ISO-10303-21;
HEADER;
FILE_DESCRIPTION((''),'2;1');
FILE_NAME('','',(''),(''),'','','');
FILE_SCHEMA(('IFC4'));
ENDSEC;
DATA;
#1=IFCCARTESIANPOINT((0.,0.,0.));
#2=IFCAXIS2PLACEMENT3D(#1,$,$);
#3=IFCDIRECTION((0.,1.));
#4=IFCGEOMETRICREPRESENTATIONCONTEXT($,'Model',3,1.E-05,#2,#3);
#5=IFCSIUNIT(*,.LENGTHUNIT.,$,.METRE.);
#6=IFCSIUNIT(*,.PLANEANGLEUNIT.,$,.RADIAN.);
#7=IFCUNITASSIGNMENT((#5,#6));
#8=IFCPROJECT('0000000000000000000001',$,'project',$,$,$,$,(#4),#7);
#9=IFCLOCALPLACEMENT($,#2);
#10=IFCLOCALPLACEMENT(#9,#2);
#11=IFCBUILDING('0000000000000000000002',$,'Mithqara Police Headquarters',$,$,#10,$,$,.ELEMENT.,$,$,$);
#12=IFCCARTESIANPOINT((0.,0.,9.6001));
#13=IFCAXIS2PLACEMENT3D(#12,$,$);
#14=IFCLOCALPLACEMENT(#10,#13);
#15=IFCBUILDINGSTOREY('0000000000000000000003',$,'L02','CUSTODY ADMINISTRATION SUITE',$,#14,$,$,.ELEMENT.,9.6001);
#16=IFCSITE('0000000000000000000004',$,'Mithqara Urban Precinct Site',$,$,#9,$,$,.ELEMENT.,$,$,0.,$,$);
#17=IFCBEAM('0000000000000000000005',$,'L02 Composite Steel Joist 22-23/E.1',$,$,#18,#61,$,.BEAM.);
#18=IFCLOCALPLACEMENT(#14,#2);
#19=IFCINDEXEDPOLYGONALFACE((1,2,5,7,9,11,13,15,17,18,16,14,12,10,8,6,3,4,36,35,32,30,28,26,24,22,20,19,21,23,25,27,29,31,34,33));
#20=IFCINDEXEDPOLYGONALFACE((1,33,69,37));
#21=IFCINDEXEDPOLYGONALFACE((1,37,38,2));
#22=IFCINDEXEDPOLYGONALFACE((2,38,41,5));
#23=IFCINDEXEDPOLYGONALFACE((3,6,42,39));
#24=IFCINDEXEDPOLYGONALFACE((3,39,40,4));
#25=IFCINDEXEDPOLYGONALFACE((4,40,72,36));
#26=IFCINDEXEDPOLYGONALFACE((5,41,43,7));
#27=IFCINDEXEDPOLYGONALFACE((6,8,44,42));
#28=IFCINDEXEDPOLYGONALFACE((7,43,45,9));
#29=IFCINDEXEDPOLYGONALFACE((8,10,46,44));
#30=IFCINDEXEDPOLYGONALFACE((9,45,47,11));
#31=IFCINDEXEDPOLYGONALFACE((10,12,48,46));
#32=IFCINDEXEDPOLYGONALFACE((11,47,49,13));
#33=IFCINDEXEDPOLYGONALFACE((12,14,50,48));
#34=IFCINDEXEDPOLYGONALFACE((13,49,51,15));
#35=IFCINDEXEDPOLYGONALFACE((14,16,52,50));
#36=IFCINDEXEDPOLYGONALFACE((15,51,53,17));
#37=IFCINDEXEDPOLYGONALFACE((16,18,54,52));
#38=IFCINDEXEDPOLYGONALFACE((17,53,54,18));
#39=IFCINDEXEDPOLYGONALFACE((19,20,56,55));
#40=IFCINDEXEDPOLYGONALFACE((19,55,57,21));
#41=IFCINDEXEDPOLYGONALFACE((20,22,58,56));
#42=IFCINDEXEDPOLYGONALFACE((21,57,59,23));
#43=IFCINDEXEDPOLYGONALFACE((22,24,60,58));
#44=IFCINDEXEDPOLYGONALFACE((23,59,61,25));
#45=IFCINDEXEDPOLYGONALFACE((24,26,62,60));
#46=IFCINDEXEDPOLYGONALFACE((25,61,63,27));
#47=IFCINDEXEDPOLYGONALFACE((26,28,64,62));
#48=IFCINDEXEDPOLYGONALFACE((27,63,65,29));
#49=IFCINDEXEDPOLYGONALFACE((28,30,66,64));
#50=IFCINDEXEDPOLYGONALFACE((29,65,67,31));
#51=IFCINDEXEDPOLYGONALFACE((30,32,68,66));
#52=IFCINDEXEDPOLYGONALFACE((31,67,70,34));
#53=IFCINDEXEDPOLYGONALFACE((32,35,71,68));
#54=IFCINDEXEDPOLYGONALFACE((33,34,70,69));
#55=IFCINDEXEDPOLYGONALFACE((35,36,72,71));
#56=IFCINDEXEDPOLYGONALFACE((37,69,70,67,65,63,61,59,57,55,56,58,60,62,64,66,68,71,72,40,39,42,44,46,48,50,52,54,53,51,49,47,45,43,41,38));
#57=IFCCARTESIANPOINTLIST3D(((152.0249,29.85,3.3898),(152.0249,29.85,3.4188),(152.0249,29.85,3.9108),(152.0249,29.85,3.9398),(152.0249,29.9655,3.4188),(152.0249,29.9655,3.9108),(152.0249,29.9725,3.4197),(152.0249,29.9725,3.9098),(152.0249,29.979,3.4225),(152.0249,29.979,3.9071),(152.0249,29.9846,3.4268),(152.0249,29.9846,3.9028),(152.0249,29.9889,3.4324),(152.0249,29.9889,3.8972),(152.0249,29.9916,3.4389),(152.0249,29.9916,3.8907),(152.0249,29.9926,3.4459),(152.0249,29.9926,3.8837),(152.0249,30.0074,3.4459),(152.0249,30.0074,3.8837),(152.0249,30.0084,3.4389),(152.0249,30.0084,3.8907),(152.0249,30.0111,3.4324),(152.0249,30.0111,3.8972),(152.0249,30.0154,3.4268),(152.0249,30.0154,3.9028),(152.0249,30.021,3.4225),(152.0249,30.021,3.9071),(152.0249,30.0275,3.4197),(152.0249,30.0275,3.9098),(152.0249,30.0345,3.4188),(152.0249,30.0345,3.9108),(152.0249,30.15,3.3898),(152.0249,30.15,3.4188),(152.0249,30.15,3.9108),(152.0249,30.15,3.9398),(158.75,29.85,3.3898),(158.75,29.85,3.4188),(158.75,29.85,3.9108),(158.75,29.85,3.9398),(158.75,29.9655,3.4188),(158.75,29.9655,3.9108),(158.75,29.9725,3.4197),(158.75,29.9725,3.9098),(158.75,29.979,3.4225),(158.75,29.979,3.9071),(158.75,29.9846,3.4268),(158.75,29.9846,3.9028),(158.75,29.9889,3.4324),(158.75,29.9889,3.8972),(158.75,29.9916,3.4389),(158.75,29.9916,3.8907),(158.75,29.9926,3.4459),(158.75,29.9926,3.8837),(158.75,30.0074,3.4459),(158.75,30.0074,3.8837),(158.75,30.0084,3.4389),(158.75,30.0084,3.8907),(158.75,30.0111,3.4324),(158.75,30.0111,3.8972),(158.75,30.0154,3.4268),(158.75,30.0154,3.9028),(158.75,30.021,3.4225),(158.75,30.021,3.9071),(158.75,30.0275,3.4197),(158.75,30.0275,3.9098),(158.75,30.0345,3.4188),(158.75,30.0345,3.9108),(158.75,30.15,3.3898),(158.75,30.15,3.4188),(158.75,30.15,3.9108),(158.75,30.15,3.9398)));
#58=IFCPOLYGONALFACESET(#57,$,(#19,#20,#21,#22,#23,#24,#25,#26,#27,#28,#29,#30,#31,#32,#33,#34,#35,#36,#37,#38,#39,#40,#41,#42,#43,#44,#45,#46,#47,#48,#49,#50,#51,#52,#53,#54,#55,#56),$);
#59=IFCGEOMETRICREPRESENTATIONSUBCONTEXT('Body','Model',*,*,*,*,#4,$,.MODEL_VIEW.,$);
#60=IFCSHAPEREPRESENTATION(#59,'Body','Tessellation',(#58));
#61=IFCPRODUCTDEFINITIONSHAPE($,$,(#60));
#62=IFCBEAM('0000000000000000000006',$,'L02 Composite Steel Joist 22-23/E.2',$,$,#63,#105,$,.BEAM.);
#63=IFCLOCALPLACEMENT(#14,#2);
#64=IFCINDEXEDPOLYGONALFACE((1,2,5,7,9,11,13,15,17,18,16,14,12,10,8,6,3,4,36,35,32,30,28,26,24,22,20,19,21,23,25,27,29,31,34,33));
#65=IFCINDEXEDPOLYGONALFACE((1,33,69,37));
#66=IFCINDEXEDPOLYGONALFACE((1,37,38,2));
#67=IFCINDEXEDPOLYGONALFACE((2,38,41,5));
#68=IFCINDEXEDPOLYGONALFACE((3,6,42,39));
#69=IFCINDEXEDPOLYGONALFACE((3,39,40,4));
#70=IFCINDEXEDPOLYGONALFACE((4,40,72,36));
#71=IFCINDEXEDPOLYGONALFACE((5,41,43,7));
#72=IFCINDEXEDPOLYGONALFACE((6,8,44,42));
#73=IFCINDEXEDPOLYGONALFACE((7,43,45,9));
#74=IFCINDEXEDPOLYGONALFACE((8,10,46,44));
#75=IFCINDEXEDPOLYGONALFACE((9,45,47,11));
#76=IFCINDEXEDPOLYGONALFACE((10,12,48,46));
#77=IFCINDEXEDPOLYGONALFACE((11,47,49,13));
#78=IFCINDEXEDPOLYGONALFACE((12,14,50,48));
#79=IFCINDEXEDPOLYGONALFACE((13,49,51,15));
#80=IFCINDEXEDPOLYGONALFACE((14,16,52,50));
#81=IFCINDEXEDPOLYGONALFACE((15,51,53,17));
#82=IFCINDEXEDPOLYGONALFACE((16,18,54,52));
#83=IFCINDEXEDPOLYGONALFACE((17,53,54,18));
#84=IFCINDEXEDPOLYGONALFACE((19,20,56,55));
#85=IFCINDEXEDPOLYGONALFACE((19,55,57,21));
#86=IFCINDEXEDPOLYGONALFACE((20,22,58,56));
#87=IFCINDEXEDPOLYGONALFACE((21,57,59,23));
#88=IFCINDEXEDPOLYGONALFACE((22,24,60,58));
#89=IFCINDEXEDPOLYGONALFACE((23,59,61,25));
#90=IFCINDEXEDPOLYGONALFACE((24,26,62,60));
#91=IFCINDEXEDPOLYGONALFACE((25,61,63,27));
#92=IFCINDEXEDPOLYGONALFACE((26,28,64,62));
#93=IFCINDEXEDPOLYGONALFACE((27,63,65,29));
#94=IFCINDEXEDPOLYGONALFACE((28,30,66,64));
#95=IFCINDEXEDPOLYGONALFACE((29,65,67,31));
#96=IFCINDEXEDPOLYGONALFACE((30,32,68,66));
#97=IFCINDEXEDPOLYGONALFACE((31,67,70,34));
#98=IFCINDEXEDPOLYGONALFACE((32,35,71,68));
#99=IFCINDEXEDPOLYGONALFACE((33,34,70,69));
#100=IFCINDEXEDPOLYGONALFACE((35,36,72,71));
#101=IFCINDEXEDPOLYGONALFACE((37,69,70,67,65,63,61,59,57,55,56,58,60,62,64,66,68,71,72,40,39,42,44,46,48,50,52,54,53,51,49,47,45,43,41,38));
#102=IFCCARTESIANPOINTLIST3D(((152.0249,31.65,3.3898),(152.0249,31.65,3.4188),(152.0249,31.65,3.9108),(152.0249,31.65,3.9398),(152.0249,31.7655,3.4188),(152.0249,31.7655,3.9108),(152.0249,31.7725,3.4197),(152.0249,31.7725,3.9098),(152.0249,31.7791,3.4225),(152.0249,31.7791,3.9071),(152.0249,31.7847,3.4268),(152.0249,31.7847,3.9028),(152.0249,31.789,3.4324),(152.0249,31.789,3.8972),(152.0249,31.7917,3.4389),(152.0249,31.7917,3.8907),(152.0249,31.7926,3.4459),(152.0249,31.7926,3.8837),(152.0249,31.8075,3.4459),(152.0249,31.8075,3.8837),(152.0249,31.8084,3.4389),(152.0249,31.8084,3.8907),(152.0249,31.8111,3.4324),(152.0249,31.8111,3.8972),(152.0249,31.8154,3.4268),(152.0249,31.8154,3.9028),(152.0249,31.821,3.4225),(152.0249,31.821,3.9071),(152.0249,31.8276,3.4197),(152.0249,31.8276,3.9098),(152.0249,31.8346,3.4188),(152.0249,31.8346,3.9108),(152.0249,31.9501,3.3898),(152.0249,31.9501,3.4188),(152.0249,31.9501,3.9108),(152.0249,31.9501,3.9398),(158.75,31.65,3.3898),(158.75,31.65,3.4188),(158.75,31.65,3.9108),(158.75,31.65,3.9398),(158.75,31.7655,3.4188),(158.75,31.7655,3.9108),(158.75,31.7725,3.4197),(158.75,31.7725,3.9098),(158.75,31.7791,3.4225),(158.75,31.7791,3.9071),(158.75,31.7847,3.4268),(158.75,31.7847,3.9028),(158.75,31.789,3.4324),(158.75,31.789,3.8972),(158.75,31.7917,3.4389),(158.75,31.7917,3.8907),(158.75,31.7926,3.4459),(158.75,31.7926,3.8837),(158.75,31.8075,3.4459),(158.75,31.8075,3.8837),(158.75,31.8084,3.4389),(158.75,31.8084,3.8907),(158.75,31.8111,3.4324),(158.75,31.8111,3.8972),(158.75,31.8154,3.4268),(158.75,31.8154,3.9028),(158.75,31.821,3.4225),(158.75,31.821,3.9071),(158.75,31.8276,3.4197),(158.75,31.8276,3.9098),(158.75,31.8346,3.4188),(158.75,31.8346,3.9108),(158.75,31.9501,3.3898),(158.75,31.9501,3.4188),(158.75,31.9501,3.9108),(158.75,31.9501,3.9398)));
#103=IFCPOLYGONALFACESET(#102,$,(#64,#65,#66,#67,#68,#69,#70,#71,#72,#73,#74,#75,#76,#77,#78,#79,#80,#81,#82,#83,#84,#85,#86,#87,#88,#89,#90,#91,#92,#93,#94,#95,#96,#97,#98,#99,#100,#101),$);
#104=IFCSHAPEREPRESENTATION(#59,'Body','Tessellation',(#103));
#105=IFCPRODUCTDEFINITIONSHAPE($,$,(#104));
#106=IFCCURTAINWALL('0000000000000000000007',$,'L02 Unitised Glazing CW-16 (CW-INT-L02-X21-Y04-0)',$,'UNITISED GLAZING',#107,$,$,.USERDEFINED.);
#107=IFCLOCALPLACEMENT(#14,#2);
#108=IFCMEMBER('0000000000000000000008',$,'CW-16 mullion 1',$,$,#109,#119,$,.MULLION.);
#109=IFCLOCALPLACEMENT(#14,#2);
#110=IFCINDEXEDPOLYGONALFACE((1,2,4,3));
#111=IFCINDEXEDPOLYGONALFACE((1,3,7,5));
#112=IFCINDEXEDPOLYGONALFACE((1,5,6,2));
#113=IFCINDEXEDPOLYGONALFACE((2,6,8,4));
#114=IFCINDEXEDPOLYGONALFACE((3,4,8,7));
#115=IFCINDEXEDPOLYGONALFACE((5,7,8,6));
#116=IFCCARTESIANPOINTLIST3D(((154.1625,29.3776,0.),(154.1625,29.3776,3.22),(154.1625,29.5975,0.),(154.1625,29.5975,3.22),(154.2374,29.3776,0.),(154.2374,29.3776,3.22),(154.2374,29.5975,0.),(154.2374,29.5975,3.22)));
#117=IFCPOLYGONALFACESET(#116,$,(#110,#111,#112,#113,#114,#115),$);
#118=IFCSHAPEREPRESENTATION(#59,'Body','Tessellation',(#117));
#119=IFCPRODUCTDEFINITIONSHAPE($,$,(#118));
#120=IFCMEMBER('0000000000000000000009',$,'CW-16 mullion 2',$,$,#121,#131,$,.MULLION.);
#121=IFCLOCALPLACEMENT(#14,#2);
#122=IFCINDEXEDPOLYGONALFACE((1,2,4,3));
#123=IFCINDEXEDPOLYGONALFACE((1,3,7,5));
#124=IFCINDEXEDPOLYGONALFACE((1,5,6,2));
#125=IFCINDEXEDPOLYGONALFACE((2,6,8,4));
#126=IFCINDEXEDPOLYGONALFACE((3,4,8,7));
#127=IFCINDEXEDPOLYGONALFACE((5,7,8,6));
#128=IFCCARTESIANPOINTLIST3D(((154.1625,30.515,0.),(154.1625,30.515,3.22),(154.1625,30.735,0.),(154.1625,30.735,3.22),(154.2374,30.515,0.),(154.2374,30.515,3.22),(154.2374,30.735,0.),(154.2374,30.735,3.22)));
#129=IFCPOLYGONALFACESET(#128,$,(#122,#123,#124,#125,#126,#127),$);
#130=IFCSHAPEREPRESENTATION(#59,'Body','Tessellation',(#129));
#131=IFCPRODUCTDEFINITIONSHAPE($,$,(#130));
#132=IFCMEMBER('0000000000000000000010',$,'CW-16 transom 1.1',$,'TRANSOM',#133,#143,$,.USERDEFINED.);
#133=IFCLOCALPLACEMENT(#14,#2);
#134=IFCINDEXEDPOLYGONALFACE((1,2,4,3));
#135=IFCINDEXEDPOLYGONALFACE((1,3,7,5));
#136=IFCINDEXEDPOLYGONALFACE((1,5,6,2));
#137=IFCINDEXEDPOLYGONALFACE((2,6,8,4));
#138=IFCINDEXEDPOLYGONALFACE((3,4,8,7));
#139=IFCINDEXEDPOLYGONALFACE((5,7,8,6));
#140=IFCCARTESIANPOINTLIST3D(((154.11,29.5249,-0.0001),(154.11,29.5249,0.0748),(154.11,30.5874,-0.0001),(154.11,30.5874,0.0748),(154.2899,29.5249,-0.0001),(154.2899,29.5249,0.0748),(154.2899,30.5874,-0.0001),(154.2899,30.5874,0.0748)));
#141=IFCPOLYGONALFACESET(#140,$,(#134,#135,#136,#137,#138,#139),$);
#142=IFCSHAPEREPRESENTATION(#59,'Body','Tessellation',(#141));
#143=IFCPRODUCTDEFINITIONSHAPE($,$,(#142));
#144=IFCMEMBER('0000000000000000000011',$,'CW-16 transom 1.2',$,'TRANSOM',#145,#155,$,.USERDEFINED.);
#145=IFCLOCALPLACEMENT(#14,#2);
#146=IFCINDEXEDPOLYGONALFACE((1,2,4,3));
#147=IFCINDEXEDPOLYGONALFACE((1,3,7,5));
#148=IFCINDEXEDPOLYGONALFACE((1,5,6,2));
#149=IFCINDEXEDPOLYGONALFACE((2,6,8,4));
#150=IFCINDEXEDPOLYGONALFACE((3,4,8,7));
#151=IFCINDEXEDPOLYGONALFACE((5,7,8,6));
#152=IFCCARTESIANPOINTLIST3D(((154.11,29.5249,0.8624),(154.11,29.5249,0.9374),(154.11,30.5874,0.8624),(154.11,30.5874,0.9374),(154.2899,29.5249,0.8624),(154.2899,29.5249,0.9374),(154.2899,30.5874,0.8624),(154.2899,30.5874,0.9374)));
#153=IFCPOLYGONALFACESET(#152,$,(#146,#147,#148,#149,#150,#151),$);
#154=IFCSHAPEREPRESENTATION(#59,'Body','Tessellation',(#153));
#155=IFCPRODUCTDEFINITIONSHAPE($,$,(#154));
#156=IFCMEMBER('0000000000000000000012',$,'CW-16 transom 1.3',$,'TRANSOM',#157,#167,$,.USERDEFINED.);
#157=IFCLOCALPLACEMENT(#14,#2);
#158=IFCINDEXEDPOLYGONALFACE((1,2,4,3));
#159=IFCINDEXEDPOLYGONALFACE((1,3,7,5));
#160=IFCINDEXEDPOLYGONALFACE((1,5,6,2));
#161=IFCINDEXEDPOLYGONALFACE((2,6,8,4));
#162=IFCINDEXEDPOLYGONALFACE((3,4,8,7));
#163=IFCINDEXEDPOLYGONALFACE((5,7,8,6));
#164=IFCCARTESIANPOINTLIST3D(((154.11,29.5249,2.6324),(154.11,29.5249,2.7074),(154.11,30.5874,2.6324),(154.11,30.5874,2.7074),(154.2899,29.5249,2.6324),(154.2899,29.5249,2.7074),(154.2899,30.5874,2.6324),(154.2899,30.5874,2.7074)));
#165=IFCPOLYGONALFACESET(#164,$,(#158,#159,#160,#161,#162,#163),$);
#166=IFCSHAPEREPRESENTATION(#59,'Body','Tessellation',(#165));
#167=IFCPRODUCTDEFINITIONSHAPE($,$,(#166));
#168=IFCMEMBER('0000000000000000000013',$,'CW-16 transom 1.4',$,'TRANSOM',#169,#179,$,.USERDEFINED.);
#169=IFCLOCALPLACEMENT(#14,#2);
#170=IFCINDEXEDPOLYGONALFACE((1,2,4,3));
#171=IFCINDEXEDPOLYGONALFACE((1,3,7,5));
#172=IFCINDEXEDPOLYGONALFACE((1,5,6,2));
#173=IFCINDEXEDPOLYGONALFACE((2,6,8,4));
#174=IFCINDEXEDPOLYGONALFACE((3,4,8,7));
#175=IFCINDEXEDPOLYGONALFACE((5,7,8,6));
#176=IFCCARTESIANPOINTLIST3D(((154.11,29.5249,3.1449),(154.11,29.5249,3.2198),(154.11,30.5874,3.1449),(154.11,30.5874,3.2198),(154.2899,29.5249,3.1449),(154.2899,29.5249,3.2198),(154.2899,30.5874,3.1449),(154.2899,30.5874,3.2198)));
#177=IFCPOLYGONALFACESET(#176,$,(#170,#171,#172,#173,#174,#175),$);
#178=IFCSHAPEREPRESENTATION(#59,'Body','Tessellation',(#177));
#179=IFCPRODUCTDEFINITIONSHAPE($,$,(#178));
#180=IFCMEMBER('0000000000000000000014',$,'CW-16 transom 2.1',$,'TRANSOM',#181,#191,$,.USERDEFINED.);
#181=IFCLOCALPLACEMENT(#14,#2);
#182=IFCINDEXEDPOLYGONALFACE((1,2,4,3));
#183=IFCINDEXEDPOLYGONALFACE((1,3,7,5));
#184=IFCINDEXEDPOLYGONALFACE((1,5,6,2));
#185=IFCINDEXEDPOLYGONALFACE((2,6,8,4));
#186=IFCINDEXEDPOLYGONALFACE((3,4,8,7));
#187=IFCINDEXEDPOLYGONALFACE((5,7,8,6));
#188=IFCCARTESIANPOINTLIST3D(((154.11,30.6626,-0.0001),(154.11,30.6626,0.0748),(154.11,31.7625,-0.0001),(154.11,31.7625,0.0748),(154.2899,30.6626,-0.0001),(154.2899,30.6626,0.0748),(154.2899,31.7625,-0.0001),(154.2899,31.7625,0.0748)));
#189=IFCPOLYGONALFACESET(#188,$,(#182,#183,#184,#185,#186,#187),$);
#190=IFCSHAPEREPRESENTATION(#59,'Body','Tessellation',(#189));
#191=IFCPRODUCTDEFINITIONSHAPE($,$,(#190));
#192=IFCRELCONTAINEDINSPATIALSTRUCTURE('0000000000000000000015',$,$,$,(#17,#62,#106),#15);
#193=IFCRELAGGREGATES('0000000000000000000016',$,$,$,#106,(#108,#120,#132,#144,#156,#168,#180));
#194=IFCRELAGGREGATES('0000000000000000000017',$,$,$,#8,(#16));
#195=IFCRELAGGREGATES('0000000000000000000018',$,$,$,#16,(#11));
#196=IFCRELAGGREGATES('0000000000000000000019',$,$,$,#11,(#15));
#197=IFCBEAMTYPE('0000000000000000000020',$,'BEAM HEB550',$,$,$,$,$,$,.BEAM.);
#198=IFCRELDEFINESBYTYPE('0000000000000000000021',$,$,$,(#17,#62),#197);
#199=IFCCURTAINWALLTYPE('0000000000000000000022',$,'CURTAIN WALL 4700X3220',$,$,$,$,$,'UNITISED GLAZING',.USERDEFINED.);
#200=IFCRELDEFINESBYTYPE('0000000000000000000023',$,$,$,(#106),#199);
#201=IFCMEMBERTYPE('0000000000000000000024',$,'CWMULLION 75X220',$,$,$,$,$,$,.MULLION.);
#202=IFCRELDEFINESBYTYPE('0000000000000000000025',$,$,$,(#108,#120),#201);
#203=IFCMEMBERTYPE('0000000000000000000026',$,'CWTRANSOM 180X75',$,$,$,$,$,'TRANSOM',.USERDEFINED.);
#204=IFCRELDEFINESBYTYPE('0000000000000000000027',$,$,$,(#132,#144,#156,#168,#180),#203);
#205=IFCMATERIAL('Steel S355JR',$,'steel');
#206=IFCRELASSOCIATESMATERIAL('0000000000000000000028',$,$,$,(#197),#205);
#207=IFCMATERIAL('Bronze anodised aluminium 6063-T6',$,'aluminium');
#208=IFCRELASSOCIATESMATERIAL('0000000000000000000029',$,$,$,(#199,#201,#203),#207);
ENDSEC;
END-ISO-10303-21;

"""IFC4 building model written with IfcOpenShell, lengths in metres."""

from ifc_helpers import new_model, si_unit, direction, frame, origin, origin_2d, place, context, subcontext, project, spatial, rectangle, i_section, extrude, material, material_profile, profile_set, type_object, element, aggregate, save


model = new_model("IFC4")

# Units and contexts
model_context = context("Model", 3, precision=1e-05, world=origin(), true_north=direction((0.0, 1.0)))
body_context = subcontext(model_context, "Body", "Model", "MODEL_VIEW")
ifc_project = project(units=[si_unit("LENGTHUNIT", "METRE"), si_unit("PLANEANGLEUNIT", "RADIAN")], contexts=[model_context])

# Site, building, storey
site_placement = place(None, origin())
site = spatial("IfcSite", under=ifc_project, at=site_placement, Name="Mithqara Urban Precinct Site", CompositionType="ELEMENT", RefElevation=0.0)
building_placement = place(site_placement, origin())
building = spatial("IfcBuilding", under=site, at=building_placement, Name="Mithqara Police Headquarters", CompositionType="ELEMENT")
storey_placement = place(building_placement, frame((0.0, 0.0, 9.6001)))
storey = spatial("IfcBuildingStorey", under=building, at=storey_placement, Name="L02", Description="CUSTODY ADMINISTRATION SUITE", CompositionType="ELEMENT", Elevation=9.6001)

# Beams
ifc_material_1 = material(Name="Steel S355JR", Category="steel")
ifc_material_profile_1 = material_profile(ifc_material_1, i_section(OverallWidth=0.3, OverallDepth=0.55, WebThickness=0.0149, FlangeThickness=0.0291, FilletRadius=0.0271, at=origin_2d()), Name="HEB 550")
ifc_profile_set_1 = profile_set([ifc_material_profile_1], Name="Steel S355JR")
beam_type = type_object("IfcBeamType", Name="BEAM HEB550", PredefinedType="BEAM", material=ifc_profile_set_1)
for number, where, z_axis, x_axis, name in (
    (1, (152.0249, 30.0, 3.6648), (1.0, 0.0, 0.0), (0.0, 1.0, 0.0), "L02 Composite Steel Joist 22-23/E.1"),
    (2, (152.0249, 31.8, 3.6648), (1.0, 0.0, 0.0), (0.0, 1.0, 0.0), "L02 Composite Steel Joist 22-23/E.2"),
):
    element("IfcBeam", number, at=place(storey_placement, frame(where, z_axis=z_axis, x_axis=x_axis)), inside=storey, type_object=beam_type, Name=name, PredefinedType="BEAM", context=body_context, shape_type="SweptSolid", body=[
        extrude(i_section(OverallWidth=0.3, OverallDepth=0.55, WebThickness=0.0149, FlangeThickness=0.0291, FilletRadius=0.0271, at=origin_2d()), origin(), (0.0, 0.0, 1.0), 6.7251),
    ])

# Curtain wall, members
ifc_material_2 = material(Name="Bronze anodised aluminium 6063-T6", Category="aluminium")
curtain_wall_type = type_object("IfcCurtainWallType", Name="CURTAIN WALL 4700X3220", ElementType="UNITISED GLAZING", PredefinedType="USERDEFINED", material=ifc_material_2)
curtain_wall_placement = place(storey_placement, origin())
curtain_wall = element("IfcCurtainWall", 3, at=curtain_wall_placement, inside=storey, type_object=curtain_wall_type, Name="L02 Unitised Glazing CW-16 (CW-INT-L02-X21-Y04-0)", ObjectType="UNITISED GLAZING", PredefinedType="USERDEFINED")
ifc_material_profile_2 = material_profile(ifc_material_2, rectangle(XDim=0.075, YDim=0.22, at=origin_2d()), Name="CWM 75x220")
ifc_profile_set_2 = profile_set([ifc_material_profile_2], Name="Bronze anodised aluminium 6063-T6")
member_type_1 = type_object("IfcMemberType", Name="CWMULLION 75X220", PredefinedType="MULLION", material=ifc_profile_set_2)
member_1_placement = place(storey_placement, frame((154.2, 29.4875, 0.0), z_axis=(0.0, 0.0, 1.0), x_axis=(-1.0, 0.0, 0.0)))
member_1 = element("IfcMember", 4, at=member_1_placement, type_object=member_type_1, Name="CW-16 mullion 1", PredefinedType="MULLION", context=body_context, shape_type="SweptSolid", body=[
    extrude(rectangle(XDim=0.075, YDim=0.22, at=origin_2d()), origin(), (0.0, 0.0, 1.0), 3.22),
])
member_2_placement = place(storey_placement, frame((154.2, 30.625, 0.0), z_axis=(0.0, 0.0, 1.0), x_axis=(-1.0, 0.0, 0.0)))
member_2 = element("IfcMember", 5, at=member_2_placement, type_object=member_type_1, Name="CW-16 mullion 2", PredefinedType="MULLION", context=body_context, shape_type="SweptSolid", body=[
    extrude(rectangle(XDim=0.075, YDim=0.22, at=origin_2d()), origin(), (0.0, 0.0, 1.0), 3.22),
])
ifc_material_profile_3 = material_profile(ifc_material_2, rectangle(XDim=0.1799, YDim=0.075, at=origin_2d()), Name="CWT 180x75")
ifc_profile_set_3 = profile_set([ifc_material_profile_3], Name="Bronze anodised aluminium 6063-T6")
member_type_2 = type_object("IfcMemberType", Name="CWTRANSOM 180X75", ElementType="TRANSOM", PredefinedType="USERDEFINED", material=ifc_profile_set_3)
member_3_placement = place(storey_placement, frame((154.2, 29.5249, 0.0374), z_axis=(0.0, 1.0, 0.0), x_axis=(-1.0, 0.0, 0.0)))
member_3 = element("IfcMember", 6, at=member_3_placement, type_object=member_type_2, Name="CW-16 transom 1.1", ObjectType="TRANSOM", PredefinedType="USERDEFINED", context=body_context, shape_type="SweptSolid", body=[
    extrude(rectangle(XDim=0.1799, YDim=0.075, at=origin_2d()), origin(), (0.0, 0.0, 1.0), 1.0625),
])
member_4_placement = place(storey_placement, frame((154.2, 29.5249, 0.8999), z_axis=(0.0, 1.0, 0.0), x_axis=(-1.0, 0.0, 0.0)))
member_4 = element("IfcMember", 7, at=member_4_placement, type_object=member_type_2, Name="CW-16 transom 1.2", ObjectType="TRANSOM", PredefinedType="USERDEFINED", context=body_context, shape_type="SweptSolid", body=[
    extrude(rectangle(XDim=0.1799, YDim=0.075, at=origin_2d()), origin(), (0.0, 0.0, 1.0), 1.0625),
])
member_5_placement = place(storey_placement, frame((154.2, 29.5249, 2.6699), z_axis=(0.0, 1.0, 0.0), x_axis=(-1.0, 0.0, 0.0)))
member_5 = element("IfcMember", 8, at=member_5_placement, type_object=member_type_2, Name="CW-16 transom 1.3", ObjectType="TRANSOM", PredefinedType="USERDEFINED", context=body_context, shape_type="SweptSolid", body=[
    extrude(rectangle(XDim=0.1799, YDim=0.075, at=origin_2d()), origin(), (0.0, 0.0, 1.0), 1.0625),
])
member_6_placement = place(storey_placement, frame((154.2, 29.5249, 3.1824), z_axis=(0.0, 1.0, 0.0), x_axis=(-1.0, 0.0, 0.0)))
member_6 = element("IfcMember", 9, at=member_6_placement, type_object=member_type_2, Name="CW-16 transom 1.4", ObjectType="TRANSOM", PredefinedType="USERDEFINED", context=body_context, shape_type="SweptSolid", body=[
    extrude(rectangle(XDim=0.1799, YDim=0.075, at=origin_2d()), origin(), (0.0, 0.0, 1.0), 1.0625),
])
member_7_placement = place(storey_placement, frame((154.2, 30.6626, 0.0374), z_axis=(0.0, 1.0, 0.0), x_axis=(-1.0, 0.0, 0.0)))
member_7 = element("IfcMember", 10, at=member_7_placement, type_object=member_type_2, Name="CW-16 transom 2.1", ObjectType="TRANSOM", PredefinedType="USERDEFINED", context=body_context, shape_type="SweptSolid", body=[
    extrude(rectangle(XDim=0.1799, YDim=0.075, at=origin_2d()), origin(), (0.0, 0.0, 1.0), 1.0999),
])
aggregate(curtain_wall, [member_1, member_2, member_3, member_4, member_5, member_6, member_7])

save(model, "model.ifc")
